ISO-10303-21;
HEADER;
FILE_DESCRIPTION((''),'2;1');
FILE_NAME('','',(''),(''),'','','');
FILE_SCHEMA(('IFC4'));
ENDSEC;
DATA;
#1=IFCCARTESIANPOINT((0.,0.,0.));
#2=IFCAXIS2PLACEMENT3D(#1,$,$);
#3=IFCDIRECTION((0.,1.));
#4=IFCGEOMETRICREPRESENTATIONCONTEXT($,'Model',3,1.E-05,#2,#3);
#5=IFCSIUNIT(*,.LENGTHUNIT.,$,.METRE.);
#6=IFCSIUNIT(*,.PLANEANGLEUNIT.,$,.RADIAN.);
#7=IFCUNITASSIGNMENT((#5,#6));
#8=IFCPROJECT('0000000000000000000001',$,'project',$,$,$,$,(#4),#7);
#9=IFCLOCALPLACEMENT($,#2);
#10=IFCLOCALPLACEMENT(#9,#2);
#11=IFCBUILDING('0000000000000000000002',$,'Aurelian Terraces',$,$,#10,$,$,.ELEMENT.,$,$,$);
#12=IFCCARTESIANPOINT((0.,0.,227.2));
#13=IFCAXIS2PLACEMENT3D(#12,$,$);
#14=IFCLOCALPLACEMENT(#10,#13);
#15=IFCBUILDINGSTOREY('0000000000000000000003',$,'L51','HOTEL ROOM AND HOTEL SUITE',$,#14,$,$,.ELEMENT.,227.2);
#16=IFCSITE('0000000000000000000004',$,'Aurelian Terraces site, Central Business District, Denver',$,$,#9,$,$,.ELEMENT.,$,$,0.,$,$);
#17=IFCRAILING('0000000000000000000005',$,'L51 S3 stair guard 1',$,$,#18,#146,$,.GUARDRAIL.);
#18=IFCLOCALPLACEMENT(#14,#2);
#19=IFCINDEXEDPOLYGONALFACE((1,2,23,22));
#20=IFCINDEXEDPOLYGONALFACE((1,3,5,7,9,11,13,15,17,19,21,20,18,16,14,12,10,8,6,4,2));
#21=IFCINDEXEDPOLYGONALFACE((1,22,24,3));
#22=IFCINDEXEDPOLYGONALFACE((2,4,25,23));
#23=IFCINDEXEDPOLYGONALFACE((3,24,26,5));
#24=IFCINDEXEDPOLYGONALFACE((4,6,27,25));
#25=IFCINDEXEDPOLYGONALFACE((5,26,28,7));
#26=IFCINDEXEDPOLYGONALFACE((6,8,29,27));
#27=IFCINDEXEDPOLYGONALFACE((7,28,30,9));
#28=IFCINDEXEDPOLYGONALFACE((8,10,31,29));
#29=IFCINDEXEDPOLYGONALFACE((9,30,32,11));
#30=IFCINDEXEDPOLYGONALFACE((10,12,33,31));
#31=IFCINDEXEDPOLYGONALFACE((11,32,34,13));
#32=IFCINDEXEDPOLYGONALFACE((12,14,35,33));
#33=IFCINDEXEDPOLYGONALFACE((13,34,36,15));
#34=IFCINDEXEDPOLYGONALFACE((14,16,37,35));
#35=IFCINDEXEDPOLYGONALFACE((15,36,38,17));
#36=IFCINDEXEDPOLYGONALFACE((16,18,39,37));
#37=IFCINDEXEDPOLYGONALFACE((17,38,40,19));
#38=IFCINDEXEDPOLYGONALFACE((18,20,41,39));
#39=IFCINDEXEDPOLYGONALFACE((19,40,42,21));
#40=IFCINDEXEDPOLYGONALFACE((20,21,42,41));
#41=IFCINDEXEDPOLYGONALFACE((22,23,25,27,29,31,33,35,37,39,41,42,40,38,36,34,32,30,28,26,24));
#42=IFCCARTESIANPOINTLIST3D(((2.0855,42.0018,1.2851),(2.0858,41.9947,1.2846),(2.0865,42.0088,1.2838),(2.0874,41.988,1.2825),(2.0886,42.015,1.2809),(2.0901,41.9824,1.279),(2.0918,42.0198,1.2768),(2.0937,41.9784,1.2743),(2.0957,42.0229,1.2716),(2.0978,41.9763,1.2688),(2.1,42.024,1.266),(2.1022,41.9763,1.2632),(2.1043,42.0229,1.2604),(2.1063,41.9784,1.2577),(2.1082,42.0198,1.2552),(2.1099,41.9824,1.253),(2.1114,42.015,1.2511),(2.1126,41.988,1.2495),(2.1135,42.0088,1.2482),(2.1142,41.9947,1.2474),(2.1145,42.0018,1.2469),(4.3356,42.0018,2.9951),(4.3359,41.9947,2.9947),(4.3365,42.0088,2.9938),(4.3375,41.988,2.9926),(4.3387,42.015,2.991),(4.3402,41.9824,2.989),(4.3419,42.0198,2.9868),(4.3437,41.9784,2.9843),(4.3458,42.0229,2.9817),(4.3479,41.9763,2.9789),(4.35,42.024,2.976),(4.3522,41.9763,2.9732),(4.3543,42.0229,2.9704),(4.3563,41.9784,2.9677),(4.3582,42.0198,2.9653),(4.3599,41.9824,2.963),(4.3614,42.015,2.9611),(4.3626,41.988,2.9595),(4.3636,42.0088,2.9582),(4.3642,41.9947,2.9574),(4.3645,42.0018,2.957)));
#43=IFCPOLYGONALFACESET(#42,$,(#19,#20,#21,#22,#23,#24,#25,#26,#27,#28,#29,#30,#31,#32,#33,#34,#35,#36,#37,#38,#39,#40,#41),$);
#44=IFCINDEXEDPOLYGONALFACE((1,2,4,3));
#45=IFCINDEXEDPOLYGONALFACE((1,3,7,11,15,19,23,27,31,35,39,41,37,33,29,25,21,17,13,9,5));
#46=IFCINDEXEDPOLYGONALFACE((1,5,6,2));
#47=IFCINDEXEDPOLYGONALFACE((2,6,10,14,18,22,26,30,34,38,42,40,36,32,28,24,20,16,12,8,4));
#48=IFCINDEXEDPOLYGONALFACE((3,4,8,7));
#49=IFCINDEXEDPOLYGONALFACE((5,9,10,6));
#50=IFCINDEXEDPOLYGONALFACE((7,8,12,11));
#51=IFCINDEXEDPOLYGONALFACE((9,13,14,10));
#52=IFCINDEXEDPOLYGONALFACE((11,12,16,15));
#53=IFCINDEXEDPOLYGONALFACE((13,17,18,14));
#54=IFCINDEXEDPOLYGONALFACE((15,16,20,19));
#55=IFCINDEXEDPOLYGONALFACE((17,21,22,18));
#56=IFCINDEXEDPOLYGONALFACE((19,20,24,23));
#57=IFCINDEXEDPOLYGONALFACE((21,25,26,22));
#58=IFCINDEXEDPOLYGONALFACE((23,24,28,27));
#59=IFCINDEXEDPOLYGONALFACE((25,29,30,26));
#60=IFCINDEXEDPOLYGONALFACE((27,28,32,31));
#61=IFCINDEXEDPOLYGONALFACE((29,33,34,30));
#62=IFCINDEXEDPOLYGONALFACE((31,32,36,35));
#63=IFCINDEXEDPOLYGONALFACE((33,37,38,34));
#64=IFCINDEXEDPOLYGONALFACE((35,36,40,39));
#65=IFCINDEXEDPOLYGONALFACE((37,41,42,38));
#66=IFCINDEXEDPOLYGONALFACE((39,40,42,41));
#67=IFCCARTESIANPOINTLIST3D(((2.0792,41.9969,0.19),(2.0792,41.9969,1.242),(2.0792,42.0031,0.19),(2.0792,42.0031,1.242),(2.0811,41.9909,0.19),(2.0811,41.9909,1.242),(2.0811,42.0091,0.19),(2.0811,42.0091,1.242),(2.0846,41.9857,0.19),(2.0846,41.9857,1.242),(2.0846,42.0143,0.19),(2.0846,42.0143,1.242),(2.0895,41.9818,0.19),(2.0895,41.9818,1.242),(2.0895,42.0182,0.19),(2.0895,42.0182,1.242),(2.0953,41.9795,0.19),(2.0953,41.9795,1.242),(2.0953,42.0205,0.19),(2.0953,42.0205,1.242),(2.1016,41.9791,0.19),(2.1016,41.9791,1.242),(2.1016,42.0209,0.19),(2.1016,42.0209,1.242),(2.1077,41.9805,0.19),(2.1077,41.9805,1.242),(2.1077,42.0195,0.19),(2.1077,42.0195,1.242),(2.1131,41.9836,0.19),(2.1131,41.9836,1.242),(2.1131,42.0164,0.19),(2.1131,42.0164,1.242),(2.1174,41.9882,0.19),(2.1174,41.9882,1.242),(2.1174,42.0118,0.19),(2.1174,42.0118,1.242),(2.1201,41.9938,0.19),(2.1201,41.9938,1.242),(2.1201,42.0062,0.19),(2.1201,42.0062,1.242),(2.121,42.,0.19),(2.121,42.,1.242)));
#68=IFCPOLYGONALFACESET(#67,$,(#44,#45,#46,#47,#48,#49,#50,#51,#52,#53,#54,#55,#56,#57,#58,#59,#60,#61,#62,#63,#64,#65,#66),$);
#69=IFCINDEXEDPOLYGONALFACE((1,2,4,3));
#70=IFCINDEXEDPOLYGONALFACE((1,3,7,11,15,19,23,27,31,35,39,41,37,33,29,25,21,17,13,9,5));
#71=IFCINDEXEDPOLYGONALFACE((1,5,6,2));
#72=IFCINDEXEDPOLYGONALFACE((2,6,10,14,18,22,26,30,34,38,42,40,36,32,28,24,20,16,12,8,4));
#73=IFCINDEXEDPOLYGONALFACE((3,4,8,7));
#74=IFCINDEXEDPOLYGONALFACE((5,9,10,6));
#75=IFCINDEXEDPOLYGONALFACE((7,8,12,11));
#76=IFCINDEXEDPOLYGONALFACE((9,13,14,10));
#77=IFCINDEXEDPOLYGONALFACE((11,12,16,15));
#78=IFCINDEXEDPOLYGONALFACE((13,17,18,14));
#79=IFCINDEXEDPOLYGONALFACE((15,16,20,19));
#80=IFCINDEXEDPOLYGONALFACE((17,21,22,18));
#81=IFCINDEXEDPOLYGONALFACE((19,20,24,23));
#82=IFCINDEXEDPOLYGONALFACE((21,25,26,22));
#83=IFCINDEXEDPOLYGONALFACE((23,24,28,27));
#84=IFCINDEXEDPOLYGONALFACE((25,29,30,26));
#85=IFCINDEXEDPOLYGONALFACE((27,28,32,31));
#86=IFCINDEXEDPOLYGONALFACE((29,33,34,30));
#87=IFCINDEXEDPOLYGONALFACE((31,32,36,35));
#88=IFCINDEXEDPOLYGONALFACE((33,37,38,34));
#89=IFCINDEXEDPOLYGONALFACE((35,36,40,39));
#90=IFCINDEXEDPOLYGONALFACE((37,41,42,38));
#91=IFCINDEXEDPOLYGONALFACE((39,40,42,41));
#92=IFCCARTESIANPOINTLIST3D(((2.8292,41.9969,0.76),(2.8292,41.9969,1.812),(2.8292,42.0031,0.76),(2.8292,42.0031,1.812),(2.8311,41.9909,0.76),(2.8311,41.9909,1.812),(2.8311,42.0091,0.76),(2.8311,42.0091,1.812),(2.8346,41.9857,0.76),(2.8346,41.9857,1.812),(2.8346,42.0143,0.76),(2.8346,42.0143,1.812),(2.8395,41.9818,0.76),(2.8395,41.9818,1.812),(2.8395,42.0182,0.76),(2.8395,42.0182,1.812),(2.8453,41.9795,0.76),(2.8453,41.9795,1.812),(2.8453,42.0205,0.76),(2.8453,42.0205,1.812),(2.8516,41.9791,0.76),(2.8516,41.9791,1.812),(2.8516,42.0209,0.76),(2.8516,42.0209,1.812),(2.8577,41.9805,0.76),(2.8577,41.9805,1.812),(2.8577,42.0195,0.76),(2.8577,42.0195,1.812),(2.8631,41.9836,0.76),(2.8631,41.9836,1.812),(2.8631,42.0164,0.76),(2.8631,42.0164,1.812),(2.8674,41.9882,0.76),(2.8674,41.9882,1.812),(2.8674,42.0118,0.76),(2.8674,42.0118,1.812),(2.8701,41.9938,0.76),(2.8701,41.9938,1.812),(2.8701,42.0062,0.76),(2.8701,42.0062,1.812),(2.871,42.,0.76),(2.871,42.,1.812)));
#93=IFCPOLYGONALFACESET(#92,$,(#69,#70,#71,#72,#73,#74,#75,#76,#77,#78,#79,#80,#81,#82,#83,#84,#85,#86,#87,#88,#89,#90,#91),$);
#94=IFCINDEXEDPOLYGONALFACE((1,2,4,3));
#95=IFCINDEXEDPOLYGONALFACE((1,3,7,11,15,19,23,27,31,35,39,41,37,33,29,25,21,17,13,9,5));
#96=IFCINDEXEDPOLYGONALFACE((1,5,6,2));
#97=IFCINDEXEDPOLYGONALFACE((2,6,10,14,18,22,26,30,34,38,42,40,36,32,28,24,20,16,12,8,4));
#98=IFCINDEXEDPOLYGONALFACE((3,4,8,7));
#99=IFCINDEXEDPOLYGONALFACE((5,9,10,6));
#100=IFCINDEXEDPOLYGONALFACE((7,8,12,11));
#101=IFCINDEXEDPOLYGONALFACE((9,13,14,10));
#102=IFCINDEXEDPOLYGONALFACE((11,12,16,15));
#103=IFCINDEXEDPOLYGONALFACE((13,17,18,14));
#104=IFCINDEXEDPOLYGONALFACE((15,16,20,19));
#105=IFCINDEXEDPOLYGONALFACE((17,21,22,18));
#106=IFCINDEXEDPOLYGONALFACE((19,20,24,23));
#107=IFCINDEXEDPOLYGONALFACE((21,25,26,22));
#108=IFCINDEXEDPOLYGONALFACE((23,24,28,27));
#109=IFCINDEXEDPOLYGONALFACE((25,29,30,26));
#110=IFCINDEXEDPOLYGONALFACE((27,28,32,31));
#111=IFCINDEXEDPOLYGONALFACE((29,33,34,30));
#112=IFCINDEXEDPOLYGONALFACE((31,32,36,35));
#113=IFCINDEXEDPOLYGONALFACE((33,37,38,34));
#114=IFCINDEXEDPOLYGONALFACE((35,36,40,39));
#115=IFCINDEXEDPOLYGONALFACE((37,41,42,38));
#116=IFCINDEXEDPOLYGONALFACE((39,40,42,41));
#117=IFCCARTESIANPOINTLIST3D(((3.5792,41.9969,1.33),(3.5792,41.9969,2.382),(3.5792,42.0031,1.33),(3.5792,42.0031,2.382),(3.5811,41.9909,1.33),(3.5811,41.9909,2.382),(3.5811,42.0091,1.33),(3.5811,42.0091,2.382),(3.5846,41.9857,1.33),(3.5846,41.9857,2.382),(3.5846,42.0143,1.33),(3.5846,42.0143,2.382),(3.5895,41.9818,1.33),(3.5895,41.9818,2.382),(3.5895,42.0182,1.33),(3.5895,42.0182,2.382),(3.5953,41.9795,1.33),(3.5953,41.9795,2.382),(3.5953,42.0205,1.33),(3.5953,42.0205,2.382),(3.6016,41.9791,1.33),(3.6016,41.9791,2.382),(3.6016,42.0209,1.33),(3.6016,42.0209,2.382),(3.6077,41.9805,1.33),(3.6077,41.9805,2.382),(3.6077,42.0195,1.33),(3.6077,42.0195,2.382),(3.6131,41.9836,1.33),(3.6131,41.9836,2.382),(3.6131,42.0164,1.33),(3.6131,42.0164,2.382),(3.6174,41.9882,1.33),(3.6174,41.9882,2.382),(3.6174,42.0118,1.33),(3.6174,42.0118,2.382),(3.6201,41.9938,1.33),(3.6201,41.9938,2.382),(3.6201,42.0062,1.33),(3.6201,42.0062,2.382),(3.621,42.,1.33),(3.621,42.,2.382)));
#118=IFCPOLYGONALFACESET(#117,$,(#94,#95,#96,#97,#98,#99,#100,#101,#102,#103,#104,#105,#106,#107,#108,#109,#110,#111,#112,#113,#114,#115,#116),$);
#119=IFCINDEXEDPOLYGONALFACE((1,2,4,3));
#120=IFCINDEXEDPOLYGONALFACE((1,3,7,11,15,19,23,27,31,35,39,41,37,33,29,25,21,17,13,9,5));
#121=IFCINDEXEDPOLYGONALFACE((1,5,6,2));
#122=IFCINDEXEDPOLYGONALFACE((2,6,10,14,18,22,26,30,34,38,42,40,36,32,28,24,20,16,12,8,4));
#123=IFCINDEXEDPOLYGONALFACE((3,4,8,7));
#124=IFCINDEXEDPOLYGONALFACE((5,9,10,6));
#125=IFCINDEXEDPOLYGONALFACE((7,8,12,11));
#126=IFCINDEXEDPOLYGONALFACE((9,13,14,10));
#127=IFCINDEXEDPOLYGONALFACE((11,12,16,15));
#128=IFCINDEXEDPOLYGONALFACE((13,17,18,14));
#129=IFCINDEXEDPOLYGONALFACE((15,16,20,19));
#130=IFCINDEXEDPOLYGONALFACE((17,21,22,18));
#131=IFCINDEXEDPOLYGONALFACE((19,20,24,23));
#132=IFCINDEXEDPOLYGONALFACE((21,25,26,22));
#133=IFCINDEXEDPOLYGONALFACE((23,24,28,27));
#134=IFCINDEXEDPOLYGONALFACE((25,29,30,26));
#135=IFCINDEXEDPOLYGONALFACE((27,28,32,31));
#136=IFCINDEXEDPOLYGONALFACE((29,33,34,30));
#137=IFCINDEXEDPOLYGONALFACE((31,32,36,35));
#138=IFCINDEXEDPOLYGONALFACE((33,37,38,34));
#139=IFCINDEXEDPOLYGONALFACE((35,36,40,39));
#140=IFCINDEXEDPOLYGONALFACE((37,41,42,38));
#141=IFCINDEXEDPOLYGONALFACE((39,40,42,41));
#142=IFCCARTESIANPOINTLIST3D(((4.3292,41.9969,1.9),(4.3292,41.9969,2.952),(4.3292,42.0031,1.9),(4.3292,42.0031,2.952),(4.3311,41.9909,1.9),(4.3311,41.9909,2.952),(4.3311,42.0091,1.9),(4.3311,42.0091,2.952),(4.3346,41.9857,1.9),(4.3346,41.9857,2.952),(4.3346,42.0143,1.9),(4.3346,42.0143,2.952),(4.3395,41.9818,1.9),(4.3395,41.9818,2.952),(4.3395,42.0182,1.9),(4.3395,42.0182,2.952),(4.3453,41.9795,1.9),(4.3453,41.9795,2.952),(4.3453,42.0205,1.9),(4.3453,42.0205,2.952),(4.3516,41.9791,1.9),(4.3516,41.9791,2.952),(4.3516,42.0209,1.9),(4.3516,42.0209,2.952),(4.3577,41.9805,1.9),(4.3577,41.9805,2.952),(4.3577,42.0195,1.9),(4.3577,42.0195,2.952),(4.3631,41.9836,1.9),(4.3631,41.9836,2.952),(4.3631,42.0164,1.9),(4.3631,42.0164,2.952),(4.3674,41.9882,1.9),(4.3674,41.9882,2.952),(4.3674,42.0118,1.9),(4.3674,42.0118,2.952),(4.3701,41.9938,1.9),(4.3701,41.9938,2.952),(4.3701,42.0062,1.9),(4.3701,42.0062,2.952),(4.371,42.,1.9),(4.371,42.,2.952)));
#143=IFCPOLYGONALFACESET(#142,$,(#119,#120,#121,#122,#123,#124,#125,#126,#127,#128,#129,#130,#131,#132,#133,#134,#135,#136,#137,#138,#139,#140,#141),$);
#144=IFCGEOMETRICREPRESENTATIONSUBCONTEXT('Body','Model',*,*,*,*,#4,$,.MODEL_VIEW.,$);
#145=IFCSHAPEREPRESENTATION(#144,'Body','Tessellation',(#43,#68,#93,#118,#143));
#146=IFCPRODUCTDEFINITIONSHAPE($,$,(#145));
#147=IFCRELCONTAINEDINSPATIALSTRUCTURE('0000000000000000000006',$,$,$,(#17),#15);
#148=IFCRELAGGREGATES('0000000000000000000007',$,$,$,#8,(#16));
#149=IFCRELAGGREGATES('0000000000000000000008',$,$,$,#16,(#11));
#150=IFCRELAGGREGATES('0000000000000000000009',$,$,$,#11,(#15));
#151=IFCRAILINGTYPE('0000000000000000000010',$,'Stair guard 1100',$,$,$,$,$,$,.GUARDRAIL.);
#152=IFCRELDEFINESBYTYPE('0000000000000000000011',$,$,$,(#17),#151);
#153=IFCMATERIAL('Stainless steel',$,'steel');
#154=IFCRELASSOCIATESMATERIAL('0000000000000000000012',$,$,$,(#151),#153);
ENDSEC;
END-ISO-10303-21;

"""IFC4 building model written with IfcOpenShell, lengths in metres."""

from ifc_helpers import new_model, si_unit, direction, frame, origin, origin_2d, place, context, subcontext, project, spatial, circle, extrude, source, transform, mapped, material, type_object, element, save


model = new_model("IFC4")

# Units and contexts
model_context = context("Model", 3, precision=1e-05, world=origin(), true_north=direction((0.0, 1.0)))
body_context = subcontext(model_context, "Body", "Model", "MODEL_VIEW")
ifc_project = project(units=[si_unit("LENGTHUNIT", "METRE"), si_unit("PLANEANGLEUNIT", "RADIAN")], contexts=[model_context])

# Site, building, storey
site_placement = place(None, origin())
site = spatial("IfcSite", under=ifc_project, at=site_placement, Name="Aurelian Terraces site, Central Business District, Denver", CompositionType="ELEMENT", RefElevation=0.0)
building_placement = place(site_placement, origin())
building = spatial("IfcBuilding", under=site, at=building_placement, Name="Aurelian Terraces", CompositionType="ELEMENT")
storey_placement = place(building_placement, frame((0.0, 0.0, 227.2)))
storey = spatial("IfcBuildingStorey", under=building, at=storey_placement, Name="L51", Description="HOTEL ROOM AND HOTEL SUITE", CompositionType="ELEMENT", Elevation=227.2)

# Railing
ifc_material_1 = material(Name="Stainless steel", Category="steel")
railing_type_1 = type_object("IfcRailingType", Name="Stair guard 1100", PredefinedType="GUARDRAIL", material=ifc_material_1)
shared_shape_1 = source(origin(), body_context, "Body", "SweptSolid", [
    extrude(circle(Radius=0.024, at=origin_2d()), frame((0.0, 0.0, 1.076), z_axis=(0.796162, 0.0, 0.605083), x_axis=(0.0, 1.0, 0.0)), (0.0, 0.0, 1.0), 2.8261),
    extrude(circle(Radius=0.021, at=origin_2d()), origin(), (0.0, 0.0, 1.0), 1.052),
    extrude(circle(Radius=0.021, at=origin_2d()), frame((0.75, 0.0, 0.57)), (0.0, 0.0, 1.0), 1.052),
    extrude(circle(Radius=0.021, at=origin_2d()), frame((1.5, 0.0, 1.14)), (0.0, 0.0, 1.0), 1.052),
    extrude(circle(Radius=0.021, at=origin_2d()), frame((2.25, 0.0, 1.71)), (0.0, 0.0, 1.0), 1.052),
])
railing_1_placement = place(storey_placement, frame((2.1, 42.0, 0.19)))
element("IfcRailing", 1, at=railing_1_placement, inside=storey, type_object=railing_type_1, Name="L51 S3 stair guard 1", PredefinedType="GUARDRAIL", context=body_context, shape_type="MappedRepresentation", body=[
    mapped(shared_shape_1, transform((0.0, 0.0, 0.0), scale=1.0)),
])

save(model, "model.ifc")
